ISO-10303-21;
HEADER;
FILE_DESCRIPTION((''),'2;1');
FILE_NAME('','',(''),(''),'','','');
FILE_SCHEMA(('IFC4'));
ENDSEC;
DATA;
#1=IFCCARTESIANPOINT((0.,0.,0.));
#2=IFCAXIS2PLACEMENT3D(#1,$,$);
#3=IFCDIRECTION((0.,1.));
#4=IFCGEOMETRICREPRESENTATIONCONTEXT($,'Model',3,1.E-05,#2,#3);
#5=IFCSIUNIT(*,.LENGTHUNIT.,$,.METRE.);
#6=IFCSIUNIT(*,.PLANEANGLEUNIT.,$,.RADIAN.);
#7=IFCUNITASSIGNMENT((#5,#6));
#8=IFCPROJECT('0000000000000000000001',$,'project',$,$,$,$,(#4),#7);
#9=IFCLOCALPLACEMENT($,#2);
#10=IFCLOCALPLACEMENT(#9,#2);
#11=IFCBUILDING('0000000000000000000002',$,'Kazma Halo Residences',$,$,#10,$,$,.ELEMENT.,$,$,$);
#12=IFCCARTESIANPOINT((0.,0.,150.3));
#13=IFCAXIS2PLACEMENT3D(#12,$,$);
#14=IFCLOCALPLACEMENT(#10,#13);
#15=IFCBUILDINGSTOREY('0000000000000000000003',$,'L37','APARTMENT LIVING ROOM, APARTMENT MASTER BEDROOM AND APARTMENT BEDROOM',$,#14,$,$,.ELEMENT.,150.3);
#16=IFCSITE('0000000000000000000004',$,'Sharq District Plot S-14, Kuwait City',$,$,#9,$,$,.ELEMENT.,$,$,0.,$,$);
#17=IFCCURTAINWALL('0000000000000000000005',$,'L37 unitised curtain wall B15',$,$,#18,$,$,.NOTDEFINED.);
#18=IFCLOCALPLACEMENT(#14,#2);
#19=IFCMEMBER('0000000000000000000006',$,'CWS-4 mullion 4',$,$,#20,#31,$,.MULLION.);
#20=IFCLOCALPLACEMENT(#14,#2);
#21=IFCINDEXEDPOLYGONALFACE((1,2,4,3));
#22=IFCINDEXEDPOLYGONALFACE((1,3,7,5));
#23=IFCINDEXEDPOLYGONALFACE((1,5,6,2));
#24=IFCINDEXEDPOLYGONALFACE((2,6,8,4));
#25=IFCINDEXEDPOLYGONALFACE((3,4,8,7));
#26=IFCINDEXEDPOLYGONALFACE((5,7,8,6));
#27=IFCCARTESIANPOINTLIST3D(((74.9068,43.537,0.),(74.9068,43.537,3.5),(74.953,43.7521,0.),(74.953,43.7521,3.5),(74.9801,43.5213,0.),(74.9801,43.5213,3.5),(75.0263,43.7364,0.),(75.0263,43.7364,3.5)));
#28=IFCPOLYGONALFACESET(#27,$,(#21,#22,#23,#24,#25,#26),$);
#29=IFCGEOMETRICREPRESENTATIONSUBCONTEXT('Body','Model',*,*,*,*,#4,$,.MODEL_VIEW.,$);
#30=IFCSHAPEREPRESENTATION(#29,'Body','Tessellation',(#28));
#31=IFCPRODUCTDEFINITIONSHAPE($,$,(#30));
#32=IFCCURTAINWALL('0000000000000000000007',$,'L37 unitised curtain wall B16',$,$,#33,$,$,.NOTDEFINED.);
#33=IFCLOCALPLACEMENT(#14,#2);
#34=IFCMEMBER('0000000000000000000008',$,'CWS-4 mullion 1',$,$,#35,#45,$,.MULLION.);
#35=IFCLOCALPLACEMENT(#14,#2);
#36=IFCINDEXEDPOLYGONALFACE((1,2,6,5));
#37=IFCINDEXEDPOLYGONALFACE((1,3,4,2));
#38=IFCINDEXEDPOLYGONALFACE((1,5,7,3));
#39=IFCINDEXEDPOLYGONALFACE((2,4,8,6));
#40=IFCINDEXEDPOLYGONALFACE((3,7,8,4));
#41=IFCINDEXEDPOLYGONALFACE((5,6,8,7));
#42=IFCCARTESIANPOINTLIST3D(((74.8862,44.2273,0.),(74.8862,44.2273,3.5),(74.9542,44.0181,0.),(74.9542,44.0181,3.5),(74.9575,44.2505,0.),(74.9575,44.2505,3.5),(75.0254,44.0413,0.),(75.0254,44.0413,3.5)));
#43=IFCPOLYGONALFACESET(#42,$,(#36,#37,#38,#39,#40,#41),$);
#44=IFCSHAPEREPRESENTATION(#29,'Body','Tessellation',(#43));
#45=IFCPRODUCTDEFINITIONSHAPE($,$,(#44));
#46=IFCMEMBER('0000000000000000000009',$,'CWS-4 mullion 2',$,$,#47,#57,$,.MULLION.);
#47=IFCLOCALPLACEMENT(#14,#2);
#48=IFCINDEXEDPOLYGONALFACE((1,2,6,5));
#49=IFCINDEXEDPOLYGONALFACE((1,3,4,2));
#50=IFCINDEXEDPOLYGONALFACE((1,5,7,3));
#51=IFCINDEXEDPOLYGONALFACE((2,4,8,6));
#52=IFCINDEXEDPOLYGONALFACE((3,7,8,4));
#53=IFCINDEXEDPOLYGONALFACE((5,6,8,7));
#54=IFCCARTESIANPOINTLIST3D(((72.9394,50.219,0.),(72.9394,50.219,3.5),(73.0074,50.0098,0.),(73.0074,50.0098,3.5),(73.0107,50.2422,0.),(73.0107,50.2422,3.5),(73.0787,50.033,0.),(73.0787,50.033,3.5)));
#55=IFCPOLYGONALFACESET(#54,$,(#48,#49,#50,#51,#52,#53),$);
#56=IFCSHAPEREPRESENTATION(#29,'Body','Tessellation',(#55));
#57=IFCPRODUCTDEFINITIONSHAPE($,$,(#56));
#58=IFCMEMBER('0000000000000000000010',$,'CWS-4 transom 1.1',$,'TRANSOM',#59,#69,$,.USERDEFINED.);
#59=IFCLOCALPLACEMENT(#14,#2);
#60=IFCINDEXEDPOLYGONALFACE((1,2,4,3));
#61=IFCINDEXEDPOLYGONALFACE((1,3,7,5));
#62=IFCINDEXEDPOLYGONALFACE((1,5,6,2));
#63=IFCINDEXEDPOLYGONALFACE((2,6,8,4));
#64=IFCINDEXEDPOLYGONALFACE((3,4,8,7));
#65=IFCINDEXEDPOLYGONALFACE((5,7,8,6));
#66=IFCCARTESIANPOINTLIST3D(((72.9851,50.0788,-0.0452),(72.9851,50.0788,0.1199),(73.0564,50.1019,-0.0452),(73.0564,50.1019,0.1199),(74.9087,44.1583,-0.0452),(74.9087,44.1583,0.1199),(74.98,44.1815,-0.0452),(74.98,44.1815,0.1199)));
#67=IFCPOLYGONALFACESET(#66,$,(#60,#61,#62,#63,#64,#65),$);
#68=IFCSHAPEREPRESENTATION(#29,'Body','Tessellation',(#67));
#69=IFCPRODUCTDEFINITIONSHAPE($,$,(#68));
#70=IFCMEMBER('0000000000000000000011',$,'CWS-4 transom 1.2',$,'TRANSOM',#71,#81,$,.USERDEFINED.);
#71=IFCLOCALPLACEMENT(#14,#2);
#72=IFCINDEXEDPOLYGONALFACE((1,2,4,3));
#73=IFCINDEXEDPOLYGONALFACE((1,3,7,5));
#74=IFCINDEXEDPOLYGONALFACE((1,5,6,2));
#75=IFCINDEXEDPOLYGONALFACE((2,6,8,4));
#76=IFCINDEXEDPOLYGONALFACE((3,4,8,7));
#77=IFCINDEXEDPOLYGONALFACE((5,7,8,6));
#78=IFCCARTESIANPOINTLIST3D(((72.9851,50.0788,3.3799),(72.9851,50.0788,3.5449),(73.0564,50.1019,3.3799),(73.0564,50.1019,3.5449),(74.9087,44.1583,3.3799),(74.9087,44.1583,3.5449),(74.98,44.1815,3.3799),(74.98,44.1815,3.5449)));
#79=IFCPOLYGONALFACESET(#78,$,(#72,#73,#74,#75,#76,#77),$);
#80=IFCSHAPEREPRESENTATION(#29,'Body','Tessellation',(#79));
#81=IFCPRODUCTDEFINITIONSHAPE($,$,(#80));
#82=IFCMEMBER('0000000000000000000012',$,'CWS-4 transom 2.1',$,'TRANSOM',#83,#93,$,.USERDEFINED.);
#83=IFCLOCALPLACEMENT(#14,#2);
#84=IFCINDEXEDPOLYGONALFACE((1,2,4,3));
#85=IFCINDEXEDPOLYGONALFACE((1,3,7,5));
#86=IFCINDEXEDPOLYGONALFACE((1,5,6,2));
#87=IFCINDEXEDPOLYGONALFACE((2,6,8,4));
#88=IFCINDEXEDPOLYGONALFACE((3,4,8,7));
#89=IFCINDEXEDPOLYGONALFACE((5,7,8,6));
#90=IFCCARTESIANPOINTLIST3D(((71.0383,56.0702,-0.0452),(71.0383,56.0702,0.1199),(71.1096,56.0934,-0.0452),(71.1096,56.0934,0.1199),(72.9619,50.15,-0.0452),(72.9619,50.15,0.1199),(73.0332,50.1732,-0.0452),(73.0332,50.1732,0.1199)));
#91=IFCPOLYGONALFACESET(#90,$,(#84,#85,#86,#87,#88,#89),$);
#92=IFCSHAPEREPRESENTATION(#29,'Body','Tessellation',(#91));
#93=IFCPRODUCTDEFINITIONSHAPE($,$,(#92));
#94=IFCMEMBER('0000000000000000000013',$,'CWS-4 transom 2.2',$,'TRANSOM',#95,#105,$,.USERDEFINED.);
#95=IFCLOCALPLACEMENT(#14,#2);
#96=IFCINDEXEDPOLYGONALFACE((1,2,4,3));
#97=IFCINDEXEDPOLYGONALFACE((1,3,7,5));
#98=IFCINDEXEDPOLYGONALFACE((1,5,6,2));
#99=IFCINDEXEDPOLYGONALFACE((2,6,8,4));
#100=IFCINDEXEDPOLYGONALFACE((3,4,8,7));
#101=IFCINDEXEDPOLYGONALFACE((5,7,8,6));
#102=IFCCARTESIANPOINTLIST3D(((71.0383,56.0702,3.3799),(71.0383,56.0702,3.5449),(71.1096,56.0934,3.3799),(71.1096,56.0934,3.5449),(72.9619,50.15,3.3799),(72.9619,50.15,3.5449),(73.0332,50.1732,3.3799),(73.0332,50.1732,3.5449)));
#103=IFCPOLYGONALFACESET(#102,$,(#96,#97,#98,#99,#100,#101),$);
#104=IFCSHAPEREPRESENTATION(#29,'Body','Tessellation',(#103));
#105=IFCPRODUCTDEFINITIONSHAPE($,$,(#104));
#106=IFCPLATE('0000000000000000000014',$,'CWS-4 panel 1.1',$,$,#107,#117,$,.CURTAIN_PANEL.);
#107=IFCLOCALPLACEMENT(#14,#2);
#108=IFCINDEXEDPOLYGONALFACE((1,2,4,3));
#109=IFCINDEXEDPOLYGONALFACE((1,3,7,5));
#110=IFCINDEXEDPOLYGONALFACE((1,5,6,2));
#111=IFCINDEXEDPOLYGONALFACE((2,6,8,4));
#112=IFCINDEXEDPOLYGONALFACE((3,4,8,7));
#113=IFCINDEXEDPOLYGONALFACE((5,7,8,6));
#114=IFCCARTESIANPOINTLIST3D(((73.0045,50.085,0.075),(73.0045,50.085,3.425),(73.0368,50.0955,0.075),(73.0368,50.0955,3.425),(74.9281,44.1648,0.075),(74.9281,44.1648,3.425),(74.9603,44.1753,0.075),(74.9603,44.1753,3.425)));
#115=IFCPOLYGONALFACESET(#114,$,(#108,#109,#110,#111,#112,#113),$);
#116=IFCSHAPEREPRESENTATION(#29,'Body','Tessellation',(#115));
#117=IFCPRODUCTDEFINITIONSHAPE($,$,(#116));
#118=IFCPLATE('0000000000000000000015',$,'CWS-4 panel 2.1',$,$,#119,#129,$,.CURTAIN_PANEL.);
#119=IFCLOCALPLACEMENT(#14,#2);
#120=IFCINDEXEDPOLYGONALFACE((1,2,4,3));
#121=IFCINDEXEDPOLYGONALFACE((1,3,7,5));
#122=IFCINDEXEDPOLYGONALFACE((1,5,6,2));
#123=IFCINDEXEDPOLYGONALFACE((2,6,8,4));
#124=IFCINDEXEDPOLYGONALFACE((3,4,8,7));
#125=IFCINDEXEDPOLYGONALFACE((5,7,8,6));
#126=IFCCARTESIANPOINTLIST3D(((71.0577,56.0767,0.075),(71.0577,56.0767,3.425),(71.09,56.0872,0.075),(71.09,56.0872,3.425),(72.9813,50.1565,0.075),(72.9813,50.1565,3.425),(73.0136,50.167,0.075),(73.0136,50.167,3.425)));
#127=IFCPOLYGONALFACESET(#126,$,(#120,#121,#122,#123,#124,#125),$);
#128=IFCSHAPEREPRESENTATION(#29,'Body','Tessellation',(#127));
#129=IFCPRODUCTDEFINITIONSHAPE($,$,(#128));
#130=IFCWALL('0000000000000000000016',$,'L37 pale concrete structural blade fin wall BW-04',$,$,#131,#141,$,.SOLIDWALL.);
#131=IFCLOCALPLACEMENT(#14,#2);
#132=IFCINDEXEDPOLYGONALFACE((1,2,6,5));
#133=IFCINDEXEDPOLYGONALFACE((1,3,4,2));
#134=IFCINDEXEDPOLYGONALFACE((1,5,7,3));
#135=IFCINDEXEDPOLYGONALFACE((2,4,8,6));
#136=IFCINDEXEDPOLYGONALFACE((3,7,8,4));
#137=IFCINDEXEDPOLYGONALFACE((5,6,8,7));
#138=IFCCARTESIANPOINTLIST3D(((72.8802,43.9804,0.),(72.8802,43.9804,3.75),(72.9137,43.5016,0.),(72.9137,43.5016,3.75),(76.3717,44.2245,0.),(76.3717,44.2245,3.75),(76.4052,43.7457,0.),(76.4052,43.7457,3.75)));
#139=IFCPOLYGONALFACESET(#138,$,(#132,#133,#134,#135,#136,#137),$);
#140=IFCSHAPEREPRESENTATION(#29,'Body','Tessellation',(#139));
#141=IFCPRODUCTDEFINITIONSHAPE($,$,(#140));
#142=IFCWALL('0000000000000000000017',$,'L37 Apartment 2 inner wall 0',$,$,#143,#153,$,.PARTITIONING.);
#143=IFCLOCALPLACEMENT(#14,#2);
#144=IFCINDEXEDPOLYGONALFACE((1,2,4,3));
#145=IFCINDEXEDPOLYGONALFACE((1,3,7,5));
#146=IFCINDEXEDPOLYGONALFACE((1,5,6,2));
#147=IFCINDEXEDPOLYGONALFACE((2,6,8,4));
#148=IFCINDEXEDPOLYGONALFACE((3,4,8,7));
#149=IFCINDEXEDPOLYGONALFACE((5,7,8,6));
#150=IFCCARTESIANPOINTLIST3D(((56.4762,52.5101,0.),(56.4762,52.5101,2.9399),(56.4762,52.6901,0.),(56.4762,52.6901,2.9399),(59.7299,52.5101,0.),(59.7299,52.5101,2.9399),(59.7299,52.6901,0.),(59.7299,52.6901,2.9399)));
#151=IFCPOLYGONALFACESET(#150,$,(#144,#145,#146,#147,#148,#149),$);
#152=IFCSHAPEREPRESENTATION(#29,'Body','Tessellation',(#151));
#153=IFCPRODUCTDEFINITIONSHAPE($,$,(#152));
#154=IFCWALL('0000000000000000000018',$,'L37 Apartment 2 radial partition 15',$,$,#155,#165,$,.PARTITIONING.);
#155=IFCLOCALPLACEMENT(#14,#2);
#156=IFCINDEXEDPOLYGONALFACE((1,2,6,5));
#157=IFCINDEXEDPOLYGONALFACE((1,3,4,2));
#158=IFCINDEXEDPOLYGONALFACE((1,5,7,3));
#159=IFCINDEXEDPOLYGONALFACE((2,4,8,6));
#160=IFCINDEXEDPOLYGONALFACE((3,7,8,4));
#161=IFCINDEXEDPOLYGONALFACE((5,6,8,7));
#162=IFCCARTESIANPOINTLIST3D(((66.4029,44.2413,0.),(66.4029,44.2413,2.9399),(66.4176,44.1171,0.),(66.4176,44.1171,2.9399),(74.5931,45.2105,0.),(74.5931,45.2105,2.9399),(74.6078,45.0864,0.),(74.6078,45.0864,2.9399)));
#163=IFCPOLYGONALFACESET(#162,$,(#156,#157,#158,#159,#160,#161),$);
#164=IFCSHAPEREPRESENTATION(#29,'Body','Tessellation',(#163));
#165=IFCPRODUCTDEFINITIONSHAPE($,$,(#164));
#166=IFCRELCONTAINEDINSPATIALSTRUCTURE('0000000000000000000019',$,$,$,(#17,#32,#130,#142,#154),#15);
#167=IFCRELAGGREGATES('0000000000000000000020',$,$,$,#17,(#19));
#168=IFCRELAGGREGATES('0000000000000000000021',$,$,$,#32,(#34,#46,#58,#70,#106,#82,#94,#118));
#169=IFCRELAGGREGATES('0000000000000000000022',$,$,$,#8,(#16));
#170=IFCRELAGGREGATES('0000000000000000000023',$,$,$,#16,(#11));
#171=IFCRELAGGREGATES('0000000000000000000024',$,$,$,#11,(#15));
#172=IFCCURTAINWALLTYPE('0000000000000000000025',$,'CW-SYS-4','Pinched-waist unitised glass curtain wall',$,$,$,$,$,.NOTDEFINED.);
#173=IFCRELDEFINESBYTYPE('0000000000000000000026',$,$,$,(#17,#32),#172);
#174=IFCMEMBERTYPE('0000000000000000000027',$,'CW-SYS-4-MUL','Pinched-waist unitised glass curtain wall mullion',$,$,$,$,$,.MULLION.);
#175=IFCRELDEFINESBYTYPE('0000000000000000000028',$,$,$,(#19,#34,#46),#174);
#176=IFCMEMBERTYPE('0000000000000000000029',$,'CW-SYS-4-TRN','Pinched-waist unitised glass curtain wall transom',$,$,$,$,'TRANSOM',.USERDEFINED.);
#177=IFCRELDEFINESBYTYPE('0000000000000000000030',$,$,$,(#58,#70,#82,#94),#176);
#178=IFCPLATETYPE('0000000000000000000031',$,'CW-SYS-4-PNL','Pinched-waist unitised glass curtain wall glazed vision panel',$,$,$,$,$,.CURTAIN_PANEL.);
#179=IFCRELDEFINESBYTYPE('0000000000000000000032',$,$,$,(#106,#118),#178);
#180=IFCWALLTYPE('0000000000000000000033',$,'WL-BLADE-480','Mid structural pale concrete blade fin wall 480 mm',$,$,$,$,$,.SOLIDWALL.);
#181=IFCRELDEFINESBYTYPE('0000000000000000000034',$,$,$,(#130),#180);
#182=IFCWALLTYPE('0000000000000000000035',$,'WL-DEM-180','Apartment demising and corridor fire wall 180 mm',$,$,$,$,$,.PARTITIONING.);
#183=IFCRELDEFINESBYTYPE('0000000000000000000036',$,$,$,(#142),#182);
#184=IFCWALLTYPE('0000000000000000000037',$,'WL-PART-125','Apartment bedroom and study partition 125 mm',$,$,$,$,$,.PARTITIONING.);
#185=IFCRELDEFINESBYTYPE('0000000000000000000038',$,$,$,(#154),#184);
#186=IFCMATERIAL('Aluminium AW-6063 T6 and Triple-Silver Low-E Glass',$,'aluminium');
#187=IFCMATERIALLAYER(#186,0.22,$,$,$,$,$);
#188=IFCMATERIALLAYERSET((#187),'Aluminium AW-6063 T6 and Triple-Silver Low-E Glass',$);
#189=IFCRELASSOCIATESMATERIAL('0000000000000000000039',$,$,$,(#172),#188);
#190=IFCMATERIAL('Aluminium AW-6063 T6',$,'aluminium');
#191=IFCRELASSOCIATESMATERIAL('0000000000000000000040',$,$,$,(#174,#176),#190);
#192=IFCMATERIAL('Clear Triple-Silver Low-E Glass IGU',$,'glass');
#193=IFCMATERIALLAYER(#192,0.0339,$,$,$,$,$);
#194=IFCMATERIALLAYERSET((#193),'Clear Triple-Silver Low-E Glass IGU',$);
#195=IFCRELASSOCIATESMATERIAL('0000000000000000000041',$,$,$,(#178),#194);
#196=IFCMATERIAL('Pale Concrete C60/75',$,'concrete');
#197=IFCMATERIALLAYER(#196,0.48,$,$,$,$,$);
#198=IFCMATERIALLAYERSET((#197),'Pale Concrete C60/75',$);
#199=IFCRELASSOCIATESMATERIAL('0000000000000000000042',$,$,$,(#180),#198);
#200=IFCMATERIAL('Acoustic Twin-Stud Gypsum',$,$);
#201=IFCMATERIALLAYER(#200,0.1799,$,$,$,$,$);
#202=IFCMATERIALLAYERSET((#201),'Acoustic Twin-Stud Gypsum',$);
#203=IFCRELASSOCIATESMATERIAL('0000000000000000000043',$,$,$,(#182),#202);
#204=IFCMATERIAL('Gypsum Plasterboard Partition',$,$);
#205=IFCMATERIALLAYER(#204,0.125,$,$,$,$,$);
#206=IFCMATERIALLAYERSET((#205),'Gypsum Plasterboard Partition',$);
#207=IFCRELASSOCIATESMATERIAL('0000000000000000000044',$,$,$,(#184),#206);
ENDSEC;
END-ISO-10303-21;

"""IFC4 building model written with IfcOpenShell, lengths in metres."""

from ifc_helpers import new_model, si_unit, direction, frame, frame_2d, origin, origin_2d, place, context, subcontext, project, spatial, rectangle, extrude, material, layer, layer_set, material_profile, profile_set, type_object, element, aggregate, save


model = new_model("IFC4")

# Units and contexts
model_context = context("Model", 3, precision=1e-05, world=origin(), true_north=direction((0.0, 1.0)))
body_context = subcontext(model_context, "Body", "Model", "MODEL_VIEW")
ifc_project = project(units=[si_unit("LENGTHUNIT", "METRE"), si_unit("PLANEANGLEUNIT", "RADIAN")], contexts=[model_context])

# Site, building, storey
site_placement = place(None, origin())
site = spatial("IfcSite", under=ifc_project, at=site_placement, Name="Sharq District Plot S-14, Kuwait City", CompositionType="ELEMENT", RefElevation=0.0)
building_placement = place(site_placement, origin())
building = spatial("IfcBuilding", under=site, at=building_placement, Name="Kazma Halo Residences", CompositionType="ELEMENT")
storey_placement = place(building_placement, frame((0.0, 0.0, 150.3)))
storey = spatial("IfcBuildingStorey", under=building, at=storey_placement, Name="L37", Description="APARTMENT LIVING ROOM, APARTMENT MASTER BEDROOM AND APARTMENT BEDROOM", CompositionType="ELEMENT", Elevation=150.3)

# Curtain wall, member
ifc_material_1 = material(Name="Aluminium AW-6063 T6 and Triple-Silver Low-E Glass", Category="aluminium")
ifc_layer_1 = layer(ifc_material_1, 0.22)
ifc_layer_set_1 = layer_set([ifc_layer_1], Name="Aluminium AW-6063 T6 and Triple-Silver Low-E Glass")
curtain_wall_type = type_object("IfcCurtainWallType", Name="CW-SYS-4", Description="Pinched-waist unitised glass curtain wall", PredefinedType="NOTDEFINED", material=ifc_layer_set_1)
curtain_wall_1_placement = place(storey_placement, origin())
curtain_wall_1 = element("IfcCurtainWall", 1, at=curtain_wall_1_placement, inside=storey, type_object=curtain_wall_type, Name="L37 unitised curtain wall B15", PredefinedType="NOTDEFINED")
ifc_material_2 = material(Name="Aluminium AW-6063 T6", Category="aluminium")
ifc_material_profile_1 = material_profile(ifc_material_2, rectangle(XDim=0.075, YDim=0.22, at=origin_2d()), Name="CWM-75x220")
ifc_profile_set_1 = profile_set([ifc_material_profile_1], Name="Aluminium AW-6063 T6")
member_type_1 = type_object("IfcMemberType", Name="CW-SYS-4-MUL", Description="Pinched-waist unitised glass curtain wall mullion", PredefinedType="MULLION", material=ifc_profile_set_1)
member_1_placement = place(storey_placement, frame((74.9666, 43.6367, 0.0), z_axis=(0.0, 0.0, 1.0), x_axis=(-0.977765, 0.209704, 0.0)))
member_1 = element("IfcMember", 2, at=member_1_placement, type_object=member_type_1, Name="CWS-4 mullion 4", PredefinedType="MULLION", context=body_context, shape_type="SweptSolid", body=[
    extrude(rectangle(XDim=0.075, YDim=0.22, at=origin_2d()), origin(), (0.0, 0.0, 1.0), 3.5),
])
aggregate(curtain_wall_1, [member_1])

# Curtain wall, members, plates
curtain_wall_2_placement = place(storey_placement, origin())
curtain_wall_2 = element("IfcCurtainWall", 3, at=curtain_wall_2_placement, inside=storey, type_object=curtain_wall_type, Name="L37 unitised curtain wall B16", PredefinedType="NOTDEFINED")
member_2_placement = place(storey_placement, frame((74.9558, 44.1343, 0.0), z_axis=(0.0, 0.0, 1.0), x_axis=(-0.951058, -0.309014, 0.0)))
member_2 = element("IfcMember", 4, at=member_2_placement, type_object=member_type_1, Name="CWS-4 mullion 1", PredefinedType="MULLION", context=body_context, shape_type="SweptSolid", body=[
    extrude(rectangle(XDim=0.075, YDim=0.22, at=origin_2d()), origin(), (0.0, 0.0, 1.0), 3.5),
])
member_3_placement = place(storey_placement, frame((73.009, 50.126, 0.0), z_axis=(0.0, 0.0, 1.0), x_axis=(-0.951058, -0.309014, 0.0)))
member_3 = element("IfcMember", 5, at=member_3_placement, type_object=member_type_1, Name="CWS-4 mullion 2", PredefinedType="MULLION", context=body_context, shape_type="SweptSolid", body=[
    extrude(rectangle(XDim=0.075, YDim=0.22, at=origin_2d()), origin(), (0.0, 0.0, 1.0), 3.5),
])
ifc_material_profile_2 = material_profile(ifc_material_2, rectangle(XDim=0.075, YDim=0.165, at=origin_2d()), Name="CWT-75x165")
ifc_profile_set_2 = profile_set([ifc_material_profile_2], Name="Aluminium AW-6063 T6")
member_type_2 = type_object("IfcMemberType", Name="CW-SYS-4-TRN", Description="Pinched-waist unitised glass curtain wall transom", ElementType="TRANSOM", PredefinedType="USERDEFINED", material=ifc_profile_set_2)
member_4_placement = place(storey_placement, frame((74.9443, 44.1699, 0.0374), z_axis=(-0.309006, 0.95106, 0.0), x_axis=(-0.95106, -0.309006, 0.0)))
member_4 = element("IfcMember", 6, at=member_4_placement, type_object=member_type_2, Name="CWS-4 transom 1.1", ObjectType="TRANSOM", PredefinedType="USERDEFINED", context=body_context, shape_type="SweptSolid", body=[
    extrude(rectangle(XDim=0.075, YDim=0.165, at=origin_2d()), origin(), (0.0, 0.0, 1.0), 6.2251),
])
member_5_placement = place(storey_placement, frame((74.9443, 44.1699, 3.4624), z_axis=(-0.309006, 0.95106, 0.0), x_axis=(-0.95106, -0.309006, 0.0)))
member_5 = element("IfcMember", 7, at=member_5_placement, type_object=member_type_2, Name="CWS-4 transom 1.2", ObjectType="TRANSOM", PredefinedType="USERDEFINED", context=body_context, shape_type="SweptSolid", body=[
    extrude(rectangle(XDim=0.075, YDim=0.165, at=origin_2d()), origin(), (0.0, 0.0, 1.0), 6.2251),
])
member_6_placement = place(storey_placement, frame((72.9976, 50.1616, 0.0374), z_axis=(-0.309018, 0.951056, 0.0), x_axis=(-0.951056, -0.309018, 0.0)))
member_6 = element("IfcMember", 8, at=member_6_placement, type_object=member_type_2, Name="CWS-4 transom 2.1", ObjectType="TRANSOM", PredefinedType="USERDEFINED", context=body_context, shape_type="SweptSolid", body=[
    extrude(rectangle(XDim=0.075, YDim=0.165, at=origin_2d()), origin(), (0.0, 0.0, 1.0), 6.2249),
])
member_7_placement = place(storey_placement, frame((72.9976, 50.1616, 3.4624), z_axis=(-0.309018, 0.951056, 0.0), x_axis=(-0.951056, -0.309018, 0.0)))
member_7 = element("IfcMember", 9, at=member_7_placement, type_object=member_type_2, Name="CWS-4 transom 2.2", ObjectType="TRANSOM", PredefinedType="USERDEFINED", context=body_context, shape_type="SweptSolid", body=[
    extrude(rectangle(XDim=0.075, YDim=0.165, at=origin_2d()), origin(), (0.0, 0.0, 1.0), 6.2249),
])
ifc_material_3 = material(Name="Clear Triple-Silver Low-E Glass IGU", Category="glass")
ifc_layer_2 = layer(ifc_material_3, 0.0339)
ifc_layer_set_2 = layer_set([ifc_layer_2], Name="Clear Triple-Silver Low-E Glass IGU")
plate_type = type_object("IfcPlateType", Name="CW-SYS-4-PNL", Description="Pinched-waist unitised glass curtain wall glazed vision panel", PredefinedType="CURTAIN_PANEL", material=ifc_layer_set_2)
plate_1_placement = place(storey_placement, frame((73.9824, 47.1301, 0.075), z_axis=(0.0, 0.0, 1.0), x_axis=(-0.309014, 0.951058, 0.0)))
plate_1 = element("IfcPlate", 10, at=plate_1_placement, type_object=plate_type, Name="CWS-4 panel 1.1", PredefinedType="CURTAIN_PANEL", context=body_context, shape_type="SweptSolid", body=[
    extrude(rectangle(XDim=6.2249, YDim=0.0339, at=origin_2d()), origin(), (0.0, 0.0, 1.0), 3.3501),
])
plate_2_placement = place(storey_placement, frame((72.0356, 53.1218, 0.075), z_axis=(0.0, 0.0, 1.0), x_axis=(-0.309014, 0.951058, 0.0)))
plate_2 = element("IfcPlate", 11, at=plate_2_placement, type_object=plate_type, Name="CWS-4 panel 2.1", PredefinedType="CURTAIN_PANEL", context=body_context, shape_type="SweptSolid", body=[
    extrude(rectangle(XDim=6.2249, YDim=0.0339, at=origin_2d()), origin(), (0.0, 0.0, 1.0), 3.3501),
])
aggregate(curtain_wall_2, [member_2, member_3, member_4, member_5, plate_1, member_6, member_7, plate_2])

# Walls
ifc_material_4 = material(Name="Pale Concrete C60/75", Category="concrete")
ifc_layer_3 = layer(ifc_material_4, 0.48)
ifc_layer_set_3 = layer_set([ifc_layer_3], Name="Pale Concrete C60/75")
wall_type_1 = type_object("IfcWallType", Name="WL-BLADE-480", Description="Mid structural pale concrete blade fin wall 480 mm", PredefinedType="SOLIDWALL", material=ifc_layer_set_3)
wall_1_placement = place(storey_placement, frame((72.897, 43.741, 0.0), z_axis=(0.0, 0.0, 1.0), x_axis=(0.997564, 0.069755, 0.0)))
element("IfcWall", 12, at=wall_1_placement, inside=storey, type_object=wall_type_1, Name="L37 pale concrete structural blade fin wall BW-04", PredefinedType="SOLIDWALL", context=body_context, shape_type="SweptSolid", body=[
    extrude(rectangle(XDim=3.5, YDim=0.48, at=frame_2d((1.75, 0.0))), origin(), (0.0, 0.0, 1.0), 3.75),
])
ifc_material_5 = material(Name="Acoustic Twin-Stud Gypsum")
ifc_layer_4 = layer(ifc_material_5, 0.1799)
ifc_layer_set_4 = layer_set([ifc_layer_4], Name="Acoustic Twin-Stud Gypsum")
wall_type_2 = type_object("IfcWallType", Name="WL-DEM-180", Description="Apartment demising and corridor fire wall 180 mm", PredefinedType="PARTITIONING", material=ifc_layer_set_4)
wall_2_placement = place(storey_placement, frame((59.73, 52.6001, 0.0), z_axis=(0.0, 0.0, 1.0), x_axis=(-1.0, 0.0, 0.0)))
element("IfcWall", 13, at=wall_2_placement, inside=storey, type_object=wall_type_2, Name="L37 Apartment 2 inner wall 0", PredefinedType="PARTITIONING", context=body_context, shape_type="SweptSolid", body=[
    extrude(rectangle(XDim=3.2537, YDim=0.1799, at=frame_2d((1.627, 0.0))), origin(), (0.0, 0.0, 1.0), 2.9399),
])
ifc_material_6 = material(Name="Gypsum Plasterboard Partition")
ifc_layer_5 = layer(ifc_material_6, 0.125)
ifc_layer_set_5 = layer_set([ifc_layer_5], Name="Gypsum Plasterboard Partition")
wall_type_3 = type_object("IfcWallType", Name="WL-PART-125", Description="Apartment bedroom and study partition 125 mm", PredefinedType="PARTITIONING", material=ifc_layer_set_5)
wall_3_placement = place(storey_placement, frame((66.4104, 44.1792, 0.0), z_axis=(0.0, 0.0, 1.0), x_axis=(0.99307, 0.117521, 0.0)))
element("IfcWall", 14, at=wall_3_placement, inside=storey, type_object=wall_type_3, Name="L37 Apartment 2 radial partition 15", PredefinedType="PARTITIONING", context=body_context, shape_type="SweptSolid", body=[
    extrude(rectangle(XDim=8.2473, YDim=0.125, at=frame_2d((4.1235, 0.0))), origin(), (0.0, 0.0, 1.0), 2.9399),
])

save(model, "model.ifc")
